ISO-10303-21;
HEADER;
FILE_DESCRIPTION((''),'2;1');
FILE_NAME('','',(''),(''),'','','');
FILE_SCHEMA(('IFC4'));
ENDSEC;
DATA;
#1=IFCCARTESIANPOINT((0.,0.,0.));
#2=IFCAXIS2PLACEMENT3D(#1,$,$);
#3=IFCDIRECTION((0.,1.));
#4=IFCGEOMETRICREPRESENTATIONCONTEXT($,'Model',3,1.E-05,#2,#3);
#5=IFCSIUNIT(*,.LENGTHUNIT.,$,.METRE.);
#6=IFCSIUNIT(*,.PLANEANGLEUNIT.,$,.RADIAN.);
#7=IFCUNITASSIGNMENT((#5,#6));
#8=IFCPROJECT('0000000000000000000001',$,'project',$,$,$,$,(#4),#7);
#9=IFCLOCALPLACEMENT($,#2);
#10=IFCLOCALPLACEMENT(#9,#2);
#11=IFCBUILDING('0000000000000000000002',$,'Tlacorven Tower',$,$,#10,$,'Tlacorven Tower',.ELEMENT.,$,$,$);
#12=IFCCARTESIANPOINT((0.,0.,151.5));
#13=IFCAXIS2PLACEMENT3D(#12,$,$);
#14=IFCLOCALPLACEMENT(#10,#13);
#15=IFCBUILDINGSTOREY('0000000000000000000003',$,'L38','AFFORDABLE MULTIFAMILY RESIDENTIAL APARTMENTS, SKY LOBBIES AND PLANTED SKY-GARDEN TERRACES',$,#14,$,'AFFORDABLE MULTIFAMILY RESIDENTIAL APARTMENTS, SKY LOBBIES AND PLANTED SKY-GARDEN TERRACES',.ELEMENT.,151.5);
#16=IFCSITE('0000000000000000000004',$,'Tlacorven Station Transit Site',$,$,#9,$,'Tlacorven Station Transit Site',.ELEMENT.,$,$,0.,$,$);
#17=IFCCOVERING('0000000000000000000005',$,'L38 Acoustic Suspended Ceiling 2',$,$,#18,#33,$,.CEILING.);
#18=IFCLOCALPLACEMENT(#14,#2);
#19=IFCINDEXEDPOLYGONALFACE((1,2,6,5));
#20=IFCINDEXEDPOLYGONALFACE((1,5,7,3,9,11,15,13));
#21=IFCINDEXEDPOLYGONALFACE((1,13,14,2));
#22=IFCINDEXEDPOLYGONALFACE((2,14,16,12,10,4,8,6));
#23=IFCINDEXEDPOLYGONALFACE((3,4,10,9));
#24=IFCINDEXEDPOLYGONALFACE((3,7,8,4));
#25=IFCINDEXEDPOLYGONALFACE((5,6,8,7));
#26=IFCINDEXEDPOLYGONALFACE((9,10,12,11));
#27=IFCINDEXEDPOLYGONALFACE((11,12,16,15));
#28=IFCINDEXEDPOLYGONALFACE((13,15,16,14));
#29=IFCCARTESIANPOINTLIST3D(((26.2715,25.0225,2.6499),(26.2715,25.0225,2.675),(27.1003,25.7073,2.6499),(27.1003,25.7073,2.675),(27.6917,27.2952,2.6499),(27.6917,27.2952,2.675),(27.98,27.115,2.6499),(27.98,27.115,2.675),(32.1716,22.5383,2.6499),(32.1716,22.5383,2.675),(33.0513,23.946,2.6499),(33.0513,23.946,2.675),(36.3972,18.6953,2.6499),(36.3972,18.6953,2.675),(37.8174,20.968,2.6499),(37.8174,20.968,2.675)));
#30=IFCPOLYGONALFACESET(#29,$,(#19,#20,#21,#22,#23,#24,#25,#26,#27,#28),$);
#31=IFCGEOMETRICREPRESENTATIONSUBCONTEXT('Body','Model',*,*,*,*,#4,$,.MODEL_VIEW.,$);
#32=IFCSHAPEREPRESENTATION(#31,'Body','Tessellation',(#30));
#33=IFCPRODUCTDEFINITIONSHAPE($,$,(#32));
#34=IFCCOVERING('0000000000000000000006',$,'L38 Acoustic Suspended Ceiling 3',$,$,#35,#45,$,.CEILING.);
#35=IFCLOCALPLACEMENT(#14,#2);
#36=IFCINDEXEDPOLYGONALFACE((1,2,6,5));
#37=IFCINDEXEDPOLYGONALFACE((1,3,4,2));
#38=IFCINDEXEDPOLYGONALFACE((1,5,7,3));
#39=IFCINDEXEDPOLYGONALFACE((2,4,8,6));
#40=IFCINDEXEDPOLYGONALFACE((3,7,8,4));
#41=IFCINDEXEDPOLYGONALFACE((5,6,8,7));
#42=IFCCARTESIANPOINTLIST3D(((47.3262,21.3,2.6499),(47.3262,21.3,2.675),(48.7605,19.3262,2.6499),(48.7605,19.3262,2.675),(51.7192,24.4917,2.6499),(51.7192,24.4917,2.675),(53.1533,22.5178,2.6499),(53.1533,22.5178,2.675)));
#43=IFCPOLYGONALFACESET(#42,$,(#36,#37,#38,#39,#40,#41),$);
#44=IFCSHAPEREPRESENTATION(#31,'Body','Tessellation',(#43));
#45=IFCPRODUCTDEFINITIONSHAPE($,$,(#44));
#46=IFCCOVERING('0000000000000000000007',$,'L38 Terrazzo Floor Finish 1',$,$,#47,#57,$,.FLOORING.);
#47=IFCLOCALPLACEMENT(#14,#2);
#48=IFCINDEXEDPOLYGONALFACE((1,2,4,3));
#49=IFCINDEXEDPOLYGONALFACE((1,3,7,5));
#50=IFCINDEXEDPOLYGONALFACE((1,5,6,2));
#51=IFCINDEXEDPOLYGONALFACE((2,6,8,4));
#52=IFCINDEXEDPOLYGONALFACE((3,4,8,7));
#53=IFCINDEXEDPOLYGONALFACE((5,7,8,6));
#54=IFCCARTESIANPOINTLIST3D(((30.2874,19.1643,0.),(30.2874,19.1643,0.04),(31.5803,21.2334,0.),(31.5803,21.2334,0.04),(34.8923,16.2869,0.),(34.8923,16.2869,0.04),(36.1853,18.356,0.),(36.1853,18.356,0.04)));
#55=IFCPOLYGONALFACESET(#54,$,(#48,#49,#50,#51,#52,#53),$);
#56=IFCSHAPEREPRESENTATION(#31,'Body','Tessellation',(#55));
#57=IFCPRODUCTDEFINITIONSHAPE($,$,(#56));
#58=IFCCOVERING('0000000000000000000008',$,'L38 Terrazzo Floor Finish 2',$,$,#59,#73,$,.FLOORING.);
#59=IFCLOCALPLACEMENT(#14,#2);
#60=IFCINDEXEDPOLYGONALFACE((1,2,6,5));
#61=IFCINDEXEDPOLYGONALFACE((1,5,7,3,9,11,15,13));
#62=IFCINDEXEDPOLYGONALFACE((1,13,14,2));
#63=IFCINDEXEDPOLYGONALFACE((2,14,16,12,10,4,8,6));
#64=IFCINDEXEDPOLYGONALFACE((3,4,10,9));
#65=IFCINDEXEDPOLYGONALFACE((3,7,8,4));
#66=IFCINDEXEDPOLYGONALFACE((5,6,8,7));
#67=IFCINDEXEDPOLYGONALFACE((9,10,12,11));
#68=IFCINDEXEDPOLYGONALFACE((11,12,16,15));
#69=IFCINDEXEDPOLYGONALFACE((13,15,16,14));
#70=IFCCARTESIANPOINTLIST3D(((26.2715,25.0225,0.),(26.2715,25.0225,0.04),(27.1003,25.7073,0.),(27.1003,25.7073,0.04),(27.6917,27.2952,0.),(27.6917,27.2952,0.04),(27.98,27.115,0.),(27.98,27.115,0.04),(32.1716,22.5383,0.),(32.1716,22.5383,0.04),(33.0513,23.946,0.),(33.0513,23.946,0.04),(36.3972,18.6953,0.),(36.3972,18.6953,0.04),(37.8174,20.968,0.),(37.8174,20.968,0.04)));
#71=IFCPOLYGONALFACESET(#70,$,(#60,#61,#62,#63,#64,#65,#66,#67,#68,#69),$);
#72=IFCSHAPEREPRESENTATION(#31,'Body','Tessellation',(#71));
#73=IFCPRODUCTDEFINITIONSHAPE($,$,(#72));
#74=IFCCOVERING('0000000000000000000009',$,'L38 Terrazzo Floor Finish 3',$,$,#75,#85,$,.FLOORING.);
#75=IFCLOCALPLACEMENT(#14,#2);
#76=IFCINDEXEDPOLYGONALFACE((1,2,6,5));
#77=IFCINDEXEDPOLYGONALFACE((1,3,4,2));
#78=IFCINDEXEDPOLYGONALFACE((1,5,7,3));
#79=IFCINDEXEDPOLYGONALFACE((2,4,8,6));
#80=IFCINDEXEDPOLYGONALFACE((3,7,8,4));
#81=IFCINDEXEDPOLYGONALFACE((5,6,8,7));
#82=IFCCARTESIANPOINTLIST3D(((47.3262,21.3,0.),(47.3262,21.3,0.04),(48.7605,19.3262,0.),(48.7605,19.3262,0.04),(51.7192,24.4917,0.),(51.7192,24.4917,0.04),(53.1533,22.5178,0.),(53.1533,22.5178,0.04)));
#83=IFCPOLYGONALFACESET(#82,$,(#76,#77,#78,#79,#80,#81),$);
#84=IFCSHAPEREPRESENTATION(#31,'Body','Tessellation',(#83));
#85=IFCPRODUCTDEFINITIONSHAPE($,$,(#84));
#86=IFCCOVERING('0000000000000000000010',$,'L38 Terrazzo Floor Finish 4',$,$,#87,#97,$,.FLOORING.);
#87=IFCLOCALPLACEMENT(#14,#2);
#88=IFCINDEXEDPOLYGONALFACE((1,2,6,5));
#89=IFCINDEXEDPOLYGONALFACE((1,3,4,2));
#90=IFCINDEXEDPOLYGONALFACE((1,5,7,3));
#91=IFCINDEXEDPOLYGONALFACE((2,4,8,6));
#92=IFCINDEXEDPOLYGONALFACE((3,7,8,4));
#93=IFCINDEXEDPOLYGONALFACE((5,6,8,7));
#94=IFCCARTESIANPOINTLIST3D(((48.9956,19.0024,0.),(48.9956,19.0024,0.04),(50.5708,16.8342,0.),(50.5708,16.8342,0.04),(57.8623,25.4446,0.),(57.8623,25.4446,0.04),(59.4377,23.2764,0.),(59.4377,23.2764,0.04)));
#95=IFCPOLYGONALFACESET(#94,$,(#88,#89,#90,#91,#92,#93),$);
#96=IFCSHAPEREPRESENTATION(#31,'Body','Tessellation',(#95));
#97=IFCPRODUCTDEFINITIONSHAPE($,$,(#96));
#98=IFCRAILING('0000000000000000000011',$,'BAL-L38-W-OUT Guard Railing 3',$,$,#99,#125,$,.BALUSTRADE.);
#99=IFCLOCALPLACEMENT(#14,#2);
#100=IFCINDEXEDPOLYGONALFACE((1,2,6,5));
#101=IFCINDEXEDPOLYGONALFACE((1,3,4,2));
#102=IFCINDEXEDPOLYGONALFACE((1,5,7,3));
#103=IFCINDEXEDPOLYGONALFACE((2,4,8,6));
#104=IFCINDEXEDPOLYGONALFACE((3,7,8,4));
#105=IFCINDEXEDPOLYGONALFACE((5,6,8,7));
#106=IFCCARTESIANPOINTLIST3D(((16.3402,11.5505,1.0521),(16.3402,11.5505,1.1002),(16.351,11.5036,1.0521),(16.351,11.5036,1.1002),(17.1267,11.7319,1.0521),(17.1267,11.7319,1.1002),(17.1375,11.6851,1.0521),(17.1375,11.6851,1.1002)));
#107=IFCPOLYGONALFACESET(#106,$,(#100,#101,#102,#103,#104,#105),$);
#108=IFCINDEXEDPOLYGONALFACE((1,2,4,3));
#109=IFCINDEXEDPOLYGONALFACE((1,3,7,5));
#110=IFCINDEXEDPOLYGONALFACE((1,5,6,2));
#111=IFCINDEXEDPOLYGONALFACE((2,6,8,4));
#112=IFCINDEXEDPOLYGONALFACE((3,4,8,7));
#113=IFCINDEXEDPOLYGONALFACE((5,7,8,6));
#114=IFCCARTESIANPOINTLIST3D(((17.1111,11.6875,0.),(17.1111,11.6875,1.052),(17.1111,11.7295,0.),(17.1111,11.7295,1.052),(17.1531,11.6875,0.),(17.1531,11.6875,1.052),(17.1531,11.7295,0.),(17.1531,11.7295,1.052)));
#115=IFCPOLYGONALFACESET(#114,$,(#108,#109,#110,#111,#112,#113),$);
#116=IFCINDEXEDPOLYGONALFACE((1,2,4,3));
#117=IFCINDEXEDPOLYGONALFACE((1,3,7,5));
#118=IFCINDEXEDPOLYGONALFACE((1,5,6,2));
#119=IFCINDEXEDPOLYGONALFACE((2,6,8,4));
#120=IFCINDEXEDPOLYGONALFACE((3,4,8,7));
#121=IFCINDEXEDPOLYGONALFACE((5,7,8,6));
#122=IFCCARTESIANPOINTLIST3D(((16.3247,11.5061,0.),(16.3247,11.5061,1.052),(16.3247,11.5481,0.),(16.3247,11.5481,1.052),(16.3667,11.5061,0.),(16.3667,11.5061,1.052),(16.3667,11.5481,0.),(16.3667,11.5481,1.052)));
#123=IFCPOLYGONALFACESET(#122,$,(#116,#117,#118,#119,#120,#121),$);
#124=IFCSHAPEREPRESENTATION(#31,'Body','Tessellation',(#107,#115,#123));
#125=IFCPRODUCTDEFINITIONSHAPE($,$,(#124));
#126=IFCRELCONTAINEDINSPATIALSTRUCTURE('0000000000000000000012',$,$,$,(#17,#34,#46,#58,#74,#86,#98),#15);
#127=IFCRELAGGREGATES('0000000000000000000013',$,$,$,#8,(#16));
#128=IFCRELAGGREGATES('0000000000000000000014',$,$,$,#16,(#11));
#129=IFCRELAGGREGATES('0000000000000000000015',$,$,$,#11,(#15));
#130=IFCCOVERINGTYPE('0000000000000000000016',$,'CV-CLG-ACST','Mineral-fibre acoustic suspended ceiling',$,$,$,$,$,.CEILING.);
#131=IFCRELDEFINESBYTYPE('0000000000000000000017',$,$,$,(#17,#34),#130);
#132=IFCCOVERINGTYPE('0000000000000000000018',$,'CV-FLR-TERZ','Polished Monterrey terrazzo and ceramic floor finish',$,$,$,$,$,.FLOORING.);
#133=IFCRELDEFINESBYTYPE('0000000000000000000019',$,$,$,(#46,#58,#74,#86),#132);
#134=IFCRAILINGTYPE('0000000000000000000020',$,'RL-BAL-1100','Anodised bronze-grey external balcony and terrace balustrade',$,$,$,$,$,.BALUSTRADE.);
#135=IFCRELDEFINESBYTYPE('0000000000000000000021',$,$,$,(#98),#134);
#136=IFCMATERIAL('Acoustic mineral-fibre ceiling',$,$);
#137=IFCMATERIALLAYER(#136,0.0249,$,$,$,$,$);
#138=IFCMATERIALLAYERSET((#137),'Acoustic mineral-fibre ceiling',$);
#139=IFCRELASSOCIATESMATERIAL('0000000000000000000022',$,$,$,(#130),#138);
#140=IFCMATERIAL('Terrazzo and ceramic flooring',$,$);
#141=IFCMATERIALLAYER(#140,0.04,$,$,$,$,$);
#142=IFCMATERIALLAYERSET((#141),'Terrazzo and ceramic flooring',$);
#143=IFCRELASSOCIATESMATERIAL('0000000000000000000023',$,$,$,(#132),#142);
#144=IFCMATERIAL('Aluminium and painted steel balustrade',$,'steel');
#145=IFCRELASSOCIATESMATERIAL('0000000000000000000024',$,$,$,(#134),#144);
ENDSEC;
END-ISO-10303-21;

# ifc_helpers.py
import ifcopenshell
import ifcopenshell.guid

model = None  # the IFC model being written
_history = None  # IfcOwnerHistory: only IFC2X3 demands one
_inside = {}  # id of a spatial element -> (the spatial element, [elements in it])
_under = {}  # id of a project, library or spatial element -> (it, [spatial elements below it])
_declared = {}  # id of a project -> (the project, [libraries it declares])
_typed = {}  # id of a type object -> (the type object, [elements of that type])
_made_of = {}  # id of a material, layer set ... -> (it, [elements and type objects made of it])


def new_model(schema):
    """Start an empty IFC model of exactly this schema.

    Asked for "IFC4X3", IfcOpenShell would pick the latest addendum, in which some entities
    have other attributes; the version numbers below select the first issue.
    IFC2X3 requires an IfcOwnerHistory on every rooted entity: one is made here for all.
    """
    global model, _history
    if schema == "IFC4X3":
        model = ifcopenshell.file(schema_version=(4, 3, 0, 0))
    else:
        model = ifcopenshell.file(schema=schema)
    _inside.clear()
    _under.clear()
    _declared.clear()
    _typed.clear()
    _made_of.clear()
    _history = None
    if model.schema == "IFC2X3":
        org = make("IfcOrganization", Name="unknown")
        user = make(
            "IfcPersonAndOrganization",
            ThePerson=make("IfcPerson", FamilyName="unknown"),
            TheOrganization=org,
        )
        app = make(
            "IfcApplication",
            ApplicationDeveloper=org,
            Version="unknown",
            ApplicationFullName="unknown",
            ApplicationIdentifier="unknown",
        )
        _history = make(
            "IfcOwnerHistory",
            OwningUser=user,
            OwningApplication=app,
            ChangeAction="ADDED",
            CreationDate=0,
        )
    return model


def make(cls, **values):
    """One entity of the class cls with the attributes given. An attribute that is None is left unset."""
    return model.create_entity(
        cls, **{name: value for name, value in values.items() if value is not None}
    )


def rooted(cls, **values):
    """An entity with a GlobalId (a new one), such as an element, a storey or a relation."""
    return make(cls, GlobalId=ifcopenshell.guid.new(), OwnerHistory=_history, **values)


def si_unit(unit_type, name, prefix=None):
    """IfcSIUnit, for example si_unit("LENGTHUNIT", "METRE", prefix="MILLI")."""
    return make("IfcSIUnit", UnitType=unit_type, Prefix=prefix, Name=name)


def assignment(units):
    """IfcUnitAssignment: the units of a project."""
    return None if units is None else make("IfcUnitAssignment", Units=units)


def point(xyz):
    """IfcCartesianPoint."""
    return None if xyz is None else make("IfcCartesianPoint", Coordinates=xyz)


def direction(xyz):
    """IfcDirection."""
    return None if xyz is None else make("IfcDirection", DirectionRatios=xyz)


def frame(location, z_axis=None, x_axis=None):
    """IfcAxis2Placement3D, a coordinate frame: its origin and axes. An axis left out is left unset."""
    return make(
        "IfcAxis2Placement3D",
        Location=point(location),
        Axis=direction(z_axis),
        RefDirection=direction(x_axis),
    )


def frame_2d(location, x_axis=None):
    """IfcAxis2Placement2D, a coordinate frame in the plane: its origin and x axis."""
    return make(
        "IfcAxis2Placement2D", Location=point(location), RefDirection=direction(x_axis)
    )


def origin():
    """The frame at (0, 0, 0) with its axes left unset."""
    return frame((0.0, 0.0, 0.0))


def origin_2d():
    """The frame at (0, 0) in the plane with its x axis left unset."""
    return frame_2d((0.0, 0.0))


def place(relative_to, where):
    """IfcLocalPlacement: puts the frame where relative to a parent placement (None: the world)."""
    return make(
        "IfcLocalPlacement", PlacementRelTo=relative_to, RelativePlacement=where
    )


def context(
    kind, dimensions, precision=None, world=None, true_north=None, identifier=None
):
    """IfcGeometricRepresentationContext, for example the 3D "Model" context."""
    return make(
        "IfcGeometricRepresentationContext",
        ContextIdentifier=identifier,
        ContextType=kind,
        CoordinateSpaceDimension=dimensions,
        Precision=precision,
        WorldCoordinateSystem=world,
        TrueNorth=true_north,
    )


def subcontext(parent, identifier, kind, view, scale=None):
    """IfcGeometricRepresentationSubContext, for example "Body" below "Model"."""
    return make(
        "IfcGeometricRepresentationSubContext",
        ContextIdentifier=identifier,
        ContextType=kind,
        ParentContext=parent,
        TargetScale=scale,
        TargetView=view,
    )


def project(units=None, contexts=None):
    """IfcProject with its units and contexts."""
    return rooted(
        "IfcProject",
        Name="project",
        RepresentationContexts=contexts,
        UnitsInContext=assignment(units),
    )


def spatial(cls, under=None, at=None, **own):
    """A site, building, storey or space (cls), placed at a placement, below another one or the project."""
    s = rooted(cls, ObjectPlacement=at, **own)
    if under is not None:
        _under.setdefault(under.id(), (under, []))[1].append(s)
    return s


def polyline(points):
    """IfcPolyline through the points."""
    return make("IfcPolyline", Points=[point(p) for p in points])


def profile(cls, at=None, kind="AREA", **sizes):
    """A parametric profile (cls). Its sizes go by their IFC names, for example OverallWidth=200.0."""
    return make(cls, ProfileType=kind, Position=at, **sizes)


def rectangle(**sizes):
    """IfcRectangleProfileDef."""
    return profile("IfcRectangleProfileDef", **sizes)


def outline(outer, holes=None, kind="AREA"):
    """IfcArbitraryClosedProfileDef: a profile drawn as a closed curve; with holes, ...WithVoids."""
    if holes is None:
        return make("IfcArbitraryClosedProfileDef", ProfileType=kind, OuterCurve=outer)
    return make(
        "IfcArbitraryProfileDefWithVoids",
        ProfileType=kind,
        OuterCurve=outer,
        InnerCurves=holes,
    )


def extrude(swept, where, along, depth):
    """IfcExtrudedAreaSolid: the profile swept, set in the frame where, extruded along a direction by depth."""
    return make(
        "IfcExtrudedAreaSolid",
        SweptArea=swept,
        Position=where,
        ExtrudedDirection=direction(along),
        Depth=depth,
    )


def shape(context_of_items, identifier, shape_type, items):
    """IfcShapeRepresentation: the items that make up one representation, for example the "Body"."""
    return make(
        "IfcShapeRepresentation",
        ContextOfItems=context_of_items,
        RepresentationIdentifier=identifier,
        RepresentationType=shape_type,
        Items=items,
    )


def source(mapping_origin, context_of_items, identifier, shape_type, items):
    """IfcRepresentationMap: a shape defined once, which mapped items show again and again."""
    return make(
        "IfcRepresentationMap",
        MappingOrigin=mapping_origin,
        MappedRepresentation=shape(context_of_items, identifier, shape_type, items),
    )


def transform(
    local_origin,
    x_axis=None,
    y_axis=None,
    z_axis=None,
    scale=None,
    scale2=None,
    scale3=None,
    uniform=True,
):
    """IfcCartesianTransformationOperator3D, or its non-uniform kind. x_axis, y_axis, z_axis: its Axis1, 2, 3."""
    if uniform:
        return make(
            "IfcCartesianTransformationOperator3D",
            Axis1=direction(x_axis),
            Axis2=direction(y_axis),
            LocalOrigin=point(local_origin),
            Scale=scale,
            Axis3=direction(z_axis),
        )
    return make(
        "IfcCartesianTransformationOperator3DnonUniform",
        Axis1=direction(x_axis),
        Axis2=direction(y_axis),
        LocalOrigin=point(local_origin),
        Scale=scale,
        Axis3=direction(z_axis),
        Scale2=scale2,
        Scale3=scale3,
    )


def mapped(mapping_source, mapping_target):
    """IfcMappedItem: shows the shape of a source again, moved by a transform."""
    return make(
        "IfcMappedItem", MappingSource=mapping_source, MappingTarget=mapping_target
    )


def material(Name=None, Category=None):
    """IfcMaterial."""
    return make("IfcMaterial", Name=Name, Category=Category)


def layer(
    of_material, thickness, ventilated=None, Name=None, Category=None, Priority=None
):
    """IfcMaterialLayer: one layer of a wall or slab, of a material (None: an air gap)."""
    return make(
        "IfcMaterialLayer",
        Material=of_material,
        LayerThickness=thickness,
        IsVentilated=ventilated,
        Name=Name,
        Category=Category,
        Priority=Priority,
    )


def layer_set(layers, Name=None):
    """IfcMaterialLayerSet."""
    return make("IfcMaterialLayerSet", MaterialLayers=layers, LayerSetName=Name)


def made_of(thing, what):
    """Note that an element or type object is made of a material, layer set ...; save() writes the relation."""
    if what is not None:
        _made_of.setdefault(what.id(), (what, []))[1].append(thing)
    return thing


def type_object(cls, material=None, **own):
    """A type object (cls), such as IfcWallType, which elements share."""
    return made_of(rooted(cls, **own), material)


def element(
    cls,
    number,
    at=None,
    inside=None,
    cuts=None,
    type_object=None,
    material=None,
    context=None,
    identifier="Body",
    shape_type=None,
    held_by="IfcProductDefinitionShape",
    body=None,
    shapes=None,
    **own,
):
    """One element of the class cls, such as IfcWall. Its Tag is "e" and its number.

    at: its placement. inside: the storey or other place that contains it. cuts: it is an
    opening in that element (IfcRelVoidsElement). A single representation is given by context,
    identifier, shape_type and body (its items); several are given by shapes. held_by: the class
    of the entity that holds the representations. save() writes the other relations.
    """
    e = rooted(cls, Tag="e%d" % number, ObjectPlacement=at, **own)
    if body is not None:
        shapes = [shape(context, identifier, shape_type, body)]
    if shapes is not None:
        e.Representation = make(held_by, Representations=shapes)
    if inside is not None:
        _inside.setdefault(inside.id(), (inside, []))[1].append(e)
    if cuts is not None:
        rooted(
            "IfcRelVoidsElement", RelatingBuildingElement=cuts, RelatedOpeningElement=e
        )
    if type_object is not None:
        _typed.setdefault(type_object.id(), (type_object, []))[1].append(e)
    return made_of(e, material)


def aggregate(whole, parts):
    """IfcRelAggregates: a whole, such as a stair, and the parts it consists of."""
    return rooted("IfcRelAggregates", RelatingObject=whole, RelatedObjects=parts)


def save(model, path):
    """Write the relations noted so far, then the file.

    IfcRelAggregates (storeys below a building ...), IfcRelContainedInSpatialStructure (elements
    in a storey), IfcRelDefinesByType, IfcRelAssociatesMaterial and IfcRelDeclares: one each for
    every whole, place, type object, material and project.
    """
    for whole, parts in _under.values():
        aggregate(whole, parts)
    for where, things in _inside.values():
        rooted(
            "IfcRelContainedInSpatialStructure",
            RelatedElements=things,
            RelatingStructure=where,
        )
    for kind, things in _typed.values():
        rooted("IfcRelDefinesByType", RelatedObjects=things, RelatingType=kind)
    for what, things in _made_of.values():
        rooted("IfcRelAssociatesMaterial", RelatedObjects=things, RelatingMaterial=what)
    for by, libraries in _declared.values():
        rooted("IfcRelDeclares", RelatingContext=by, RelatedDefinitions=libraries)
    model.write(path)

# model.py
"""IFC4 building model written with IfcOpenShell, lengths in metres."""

from ifc_helpers import new_model, si_unit, direction, frame, origin, origin_2d, place, context, subcontext, project, spatial, polyline, rectangle, outline, extrude, source, transform, mapped, material, layer, layer_set, type_object, element, save


model = new_model("IFC4")

# Units and contexts
model_context = context("Model", 3, precision=1e-05, world=origin(), true_north=direction((0.0, 1.0)))
body_context = subcontext(model_context, "Body", "Model", "MODEL_VIEW")
ifc_project = project(units=[si_unit("LENGTHUNIT", "METRE"), si_unit("PLANEANGLEUNIT", "RADIAN")], contexts=[model_context])

# Site, building, storey
site_placement = place(None, origin())
site = spatial("IfcSite", under=ifc_project, at=site_placement, Name="Tlacorven Station Transit Site", LongName="Tlacorven Station Transit Site", CompositionType="ELEMENT", RefElevation=0.0)
building_placement = place(site_placement, origin())
building = spatial("IfcBuilding", under=site, at=building_placement, Name="Tlacorven Tower", LongName="Tlacorven Tower", CompositionType="ELEMENT")
storey_placement = place(building_placement, frame((0.0, 0.0, 151.5)))
storey = spatial("IfcBuildingStorey", under=building, at=storey_placement, Name="L38", Description="AFFORDABLE MULTIFAMILY RESIDENTIAL APARTMENTS, SKY LOBBIES AND PLANTED SKY-GARDEN TERRACES", LongName="AFFORDABLE MULTIFAMILY RESIDENTIAL APARTMENTS, SKY LOBBIES AND PLANTED SKY-GARDEN TERRACES", CompositionType="ELEMENT", Elevation=151.5)

# Coverings
ifc_material_1 = material(Name="Acoustic mineral-fibre ceiling")
ifc_layer_1 = layer(ifc_material_1, 0.0249)
ifc_layer_set_1 = layer_set([ifc_layer_1], Name="Acoustic mineral-fibre ceiling")
covering_type_1 = type_object("IfcCoveringType", Name="CV-CLG-ACST", Description="Mineral-fibre acoustic suspended ceiling", PredefinedType="CEILING", material=ifc_layer_set_1)
covering_1_placement = place(storey_placement, frame((0.0, 0.0, 2.6499)))
element("IfcCovering", 1, at=covering_1_placement, inside=storey, type_object=covering_type_1, Name="L38 Acoustic Suspended Ceiling 2", PredefinedType="CEILING", context=body_context, shape_type="SweptSolid", body=[
    extrude(outline(polyline([(37.8174, 20.968), (36.3972, 18.6953), (26.2715, 25.0225), (27.6917, 27.2952), (27.98, 27.115), (27.1003, 25.7073), (32.1716, 22.5383), (33.0513, 23.946), (37.8174, 20.968)])), origin(), (0.0, 0.0, 1.0), 0.0251),
])
covering_2_placement = place(storey_placement, frame((0.0, 0.0, 2.6499)))
element("IfcCovering", 2, at=covering_2_placement, inside=storey, type_object=covering_type_1, Name="L38 Acoustic Suspended Ceiling 3", PredefinedType="CEILING", context=body_context, shape_type="SweptSolid", body=[
    extrude(outline(polyline([(48.7605, 19.3262), (47.3262, 21.3), (51.7192, 24.4917), (53.1533, 22.5178), (48.7605, 19.3262)])), origin(), (0.0, 0.0, 1.0), 0.0251),
])
ifc_material_2 = material(Name="Terrazzo and ceramic flooring")
ifc_layer_2 = layer(ifc_material_2, 0.04)
ifc_layer_set_2 = layer_set([ifc_layer_2], Name="Terrazzo and ceramic flooring")
covering_type_2 = type_object("IfcCoveringType", Name="CV-FLR-TERZ", Description="Polished Monterrey terrazzo and ceramic floor finish", PredefinedType="FLOORING", material=ifc_layer_set_2)
covering_3_placement = place(storey_placement, origin())
element("IfcCovering", 3, at=covering_3_placement, inside=storey, type_object=covering_type_2, Name="L38 Terrazzo Floor Finish 1", PredefinedType="FLOORING", context=body_context, shape_type="SweptSolid", body=[
    extrude(outline(polyline([(36.1853, 18.356), (34.8923, 16.2869), (30.2874, 19.1643), (31.5803, 21.2334), (36.1853, 18.356)])), origin(), (0.0, 0.0, 1.0), 0.04),
])
covering_4_placement = place(storey_placement, origin())
element("IfcCovering", 4, at=covering_4_placement, inside=storey, type_object=covering_type_2, Name="L38 Terrazzo Floor Finish 2", PredefinedType="FLOORING", context=body_context, shape_type="SweptSolid", body=[
    extrude(outline(polyline([(37.8174, 20.968), (36.3972, 18.6953), (26.2715, 25.0225), (27.6917, 27.2952), (27.98, 27.115), (27.1003, 25.7073), (32.1716, 22.5383), (33.0513, 23.946), (37.8174, 20.968)])), origin(), (0.0, 0.0, 1.0), 0.04),
])
covering_5_placement = place(storey_placement, origin())
element("IfcCovering", 5, at=covering_5_placement, inside=storey, type_object=covering_type_2, Name="L38 Terrazzo Floor Finish 3", PredefinedType="FLOORING", context=body_context, shape_type="SweptSolid", body=[
    extrude(outline(polyline([(48.7605, 19.3262), (47.3262, 21.3), (51.7192, 24.4917), (53.1533, 22.5178), (48.7605, 19.3262)])), origin(), (0.0, 0.0, 1.0), 0.04),
])
covering_6_placement = place(storey_placement, origin())
element("IfcCovering", 6, at=covering_6_placement, inside=storey, type_object=covering_type_2, Name="L38 Terrazzo Floor Finish 4", PredefinedType="FLOORING", context=body_context, shape_type="SweptSolid", body=[
    extrude(outline(polyline([(50.5708, 16.8342), (48.9956, 19.0024), (57.8623, 25.4446), (59.4377, 23.2764), (50.5708, 16.8342)])), origin(), (0.0, 0.0, 1.0), 0.04),
])

# Railing
ifc_material_3 = material(Name="Aluminium and painted steel balustrade", Category="steel")
railing_type = type_object("IfcRailingType", Name="RL-BAL-1100", Description="Anodised bronze-grey external balcony and terrace balustrade", PredefinedType="BALUSTRADE", material=ifc_material_3)
shared_shape_1 = source(origin(), body_context, "Body", "SweptSolid", [
    extrude(rectangle(XDim=0.0481, YDim=0.0481, at=origin_2d()), frame((0.0, 0.0, 1.0762), z_axis=(-0.974412, -0.224771, 0.0), x_axis=(0.224771, -0.974412, 0.0)), (0.0, 0.0, 1.0), 0.8071),
    extrude(rectangle(XDim=0.042, YDim=0.042, at=origin_2d()), origin(), (0.0, 0.0, 1.0), 1.052),
    extrude(rectangle(XDim=0.042, YDim=0.042, at=origin_2d()), frame((-0.7864, -0.1814, 0.0)), (0.0, 0.0, 1.0), 1.052),
])
railing_1_placement = place(storey_placement, frame((17.1321, 11.7085, 0.0)))
element("IfcRailing", 7, at=railing_1_placement, inside=storey, type_object=railing_type, Name="BAL-L38-W-OUT Guard Railing 3", PredefinedType="BALUSTRADE", context=body_context, shape_type="MappedRepresentation", body=[
    mapped(shared_shape_1, transform((0.0, 0.0, 0.0), scale=1.0)),
])

save(model, "model.ifc")
